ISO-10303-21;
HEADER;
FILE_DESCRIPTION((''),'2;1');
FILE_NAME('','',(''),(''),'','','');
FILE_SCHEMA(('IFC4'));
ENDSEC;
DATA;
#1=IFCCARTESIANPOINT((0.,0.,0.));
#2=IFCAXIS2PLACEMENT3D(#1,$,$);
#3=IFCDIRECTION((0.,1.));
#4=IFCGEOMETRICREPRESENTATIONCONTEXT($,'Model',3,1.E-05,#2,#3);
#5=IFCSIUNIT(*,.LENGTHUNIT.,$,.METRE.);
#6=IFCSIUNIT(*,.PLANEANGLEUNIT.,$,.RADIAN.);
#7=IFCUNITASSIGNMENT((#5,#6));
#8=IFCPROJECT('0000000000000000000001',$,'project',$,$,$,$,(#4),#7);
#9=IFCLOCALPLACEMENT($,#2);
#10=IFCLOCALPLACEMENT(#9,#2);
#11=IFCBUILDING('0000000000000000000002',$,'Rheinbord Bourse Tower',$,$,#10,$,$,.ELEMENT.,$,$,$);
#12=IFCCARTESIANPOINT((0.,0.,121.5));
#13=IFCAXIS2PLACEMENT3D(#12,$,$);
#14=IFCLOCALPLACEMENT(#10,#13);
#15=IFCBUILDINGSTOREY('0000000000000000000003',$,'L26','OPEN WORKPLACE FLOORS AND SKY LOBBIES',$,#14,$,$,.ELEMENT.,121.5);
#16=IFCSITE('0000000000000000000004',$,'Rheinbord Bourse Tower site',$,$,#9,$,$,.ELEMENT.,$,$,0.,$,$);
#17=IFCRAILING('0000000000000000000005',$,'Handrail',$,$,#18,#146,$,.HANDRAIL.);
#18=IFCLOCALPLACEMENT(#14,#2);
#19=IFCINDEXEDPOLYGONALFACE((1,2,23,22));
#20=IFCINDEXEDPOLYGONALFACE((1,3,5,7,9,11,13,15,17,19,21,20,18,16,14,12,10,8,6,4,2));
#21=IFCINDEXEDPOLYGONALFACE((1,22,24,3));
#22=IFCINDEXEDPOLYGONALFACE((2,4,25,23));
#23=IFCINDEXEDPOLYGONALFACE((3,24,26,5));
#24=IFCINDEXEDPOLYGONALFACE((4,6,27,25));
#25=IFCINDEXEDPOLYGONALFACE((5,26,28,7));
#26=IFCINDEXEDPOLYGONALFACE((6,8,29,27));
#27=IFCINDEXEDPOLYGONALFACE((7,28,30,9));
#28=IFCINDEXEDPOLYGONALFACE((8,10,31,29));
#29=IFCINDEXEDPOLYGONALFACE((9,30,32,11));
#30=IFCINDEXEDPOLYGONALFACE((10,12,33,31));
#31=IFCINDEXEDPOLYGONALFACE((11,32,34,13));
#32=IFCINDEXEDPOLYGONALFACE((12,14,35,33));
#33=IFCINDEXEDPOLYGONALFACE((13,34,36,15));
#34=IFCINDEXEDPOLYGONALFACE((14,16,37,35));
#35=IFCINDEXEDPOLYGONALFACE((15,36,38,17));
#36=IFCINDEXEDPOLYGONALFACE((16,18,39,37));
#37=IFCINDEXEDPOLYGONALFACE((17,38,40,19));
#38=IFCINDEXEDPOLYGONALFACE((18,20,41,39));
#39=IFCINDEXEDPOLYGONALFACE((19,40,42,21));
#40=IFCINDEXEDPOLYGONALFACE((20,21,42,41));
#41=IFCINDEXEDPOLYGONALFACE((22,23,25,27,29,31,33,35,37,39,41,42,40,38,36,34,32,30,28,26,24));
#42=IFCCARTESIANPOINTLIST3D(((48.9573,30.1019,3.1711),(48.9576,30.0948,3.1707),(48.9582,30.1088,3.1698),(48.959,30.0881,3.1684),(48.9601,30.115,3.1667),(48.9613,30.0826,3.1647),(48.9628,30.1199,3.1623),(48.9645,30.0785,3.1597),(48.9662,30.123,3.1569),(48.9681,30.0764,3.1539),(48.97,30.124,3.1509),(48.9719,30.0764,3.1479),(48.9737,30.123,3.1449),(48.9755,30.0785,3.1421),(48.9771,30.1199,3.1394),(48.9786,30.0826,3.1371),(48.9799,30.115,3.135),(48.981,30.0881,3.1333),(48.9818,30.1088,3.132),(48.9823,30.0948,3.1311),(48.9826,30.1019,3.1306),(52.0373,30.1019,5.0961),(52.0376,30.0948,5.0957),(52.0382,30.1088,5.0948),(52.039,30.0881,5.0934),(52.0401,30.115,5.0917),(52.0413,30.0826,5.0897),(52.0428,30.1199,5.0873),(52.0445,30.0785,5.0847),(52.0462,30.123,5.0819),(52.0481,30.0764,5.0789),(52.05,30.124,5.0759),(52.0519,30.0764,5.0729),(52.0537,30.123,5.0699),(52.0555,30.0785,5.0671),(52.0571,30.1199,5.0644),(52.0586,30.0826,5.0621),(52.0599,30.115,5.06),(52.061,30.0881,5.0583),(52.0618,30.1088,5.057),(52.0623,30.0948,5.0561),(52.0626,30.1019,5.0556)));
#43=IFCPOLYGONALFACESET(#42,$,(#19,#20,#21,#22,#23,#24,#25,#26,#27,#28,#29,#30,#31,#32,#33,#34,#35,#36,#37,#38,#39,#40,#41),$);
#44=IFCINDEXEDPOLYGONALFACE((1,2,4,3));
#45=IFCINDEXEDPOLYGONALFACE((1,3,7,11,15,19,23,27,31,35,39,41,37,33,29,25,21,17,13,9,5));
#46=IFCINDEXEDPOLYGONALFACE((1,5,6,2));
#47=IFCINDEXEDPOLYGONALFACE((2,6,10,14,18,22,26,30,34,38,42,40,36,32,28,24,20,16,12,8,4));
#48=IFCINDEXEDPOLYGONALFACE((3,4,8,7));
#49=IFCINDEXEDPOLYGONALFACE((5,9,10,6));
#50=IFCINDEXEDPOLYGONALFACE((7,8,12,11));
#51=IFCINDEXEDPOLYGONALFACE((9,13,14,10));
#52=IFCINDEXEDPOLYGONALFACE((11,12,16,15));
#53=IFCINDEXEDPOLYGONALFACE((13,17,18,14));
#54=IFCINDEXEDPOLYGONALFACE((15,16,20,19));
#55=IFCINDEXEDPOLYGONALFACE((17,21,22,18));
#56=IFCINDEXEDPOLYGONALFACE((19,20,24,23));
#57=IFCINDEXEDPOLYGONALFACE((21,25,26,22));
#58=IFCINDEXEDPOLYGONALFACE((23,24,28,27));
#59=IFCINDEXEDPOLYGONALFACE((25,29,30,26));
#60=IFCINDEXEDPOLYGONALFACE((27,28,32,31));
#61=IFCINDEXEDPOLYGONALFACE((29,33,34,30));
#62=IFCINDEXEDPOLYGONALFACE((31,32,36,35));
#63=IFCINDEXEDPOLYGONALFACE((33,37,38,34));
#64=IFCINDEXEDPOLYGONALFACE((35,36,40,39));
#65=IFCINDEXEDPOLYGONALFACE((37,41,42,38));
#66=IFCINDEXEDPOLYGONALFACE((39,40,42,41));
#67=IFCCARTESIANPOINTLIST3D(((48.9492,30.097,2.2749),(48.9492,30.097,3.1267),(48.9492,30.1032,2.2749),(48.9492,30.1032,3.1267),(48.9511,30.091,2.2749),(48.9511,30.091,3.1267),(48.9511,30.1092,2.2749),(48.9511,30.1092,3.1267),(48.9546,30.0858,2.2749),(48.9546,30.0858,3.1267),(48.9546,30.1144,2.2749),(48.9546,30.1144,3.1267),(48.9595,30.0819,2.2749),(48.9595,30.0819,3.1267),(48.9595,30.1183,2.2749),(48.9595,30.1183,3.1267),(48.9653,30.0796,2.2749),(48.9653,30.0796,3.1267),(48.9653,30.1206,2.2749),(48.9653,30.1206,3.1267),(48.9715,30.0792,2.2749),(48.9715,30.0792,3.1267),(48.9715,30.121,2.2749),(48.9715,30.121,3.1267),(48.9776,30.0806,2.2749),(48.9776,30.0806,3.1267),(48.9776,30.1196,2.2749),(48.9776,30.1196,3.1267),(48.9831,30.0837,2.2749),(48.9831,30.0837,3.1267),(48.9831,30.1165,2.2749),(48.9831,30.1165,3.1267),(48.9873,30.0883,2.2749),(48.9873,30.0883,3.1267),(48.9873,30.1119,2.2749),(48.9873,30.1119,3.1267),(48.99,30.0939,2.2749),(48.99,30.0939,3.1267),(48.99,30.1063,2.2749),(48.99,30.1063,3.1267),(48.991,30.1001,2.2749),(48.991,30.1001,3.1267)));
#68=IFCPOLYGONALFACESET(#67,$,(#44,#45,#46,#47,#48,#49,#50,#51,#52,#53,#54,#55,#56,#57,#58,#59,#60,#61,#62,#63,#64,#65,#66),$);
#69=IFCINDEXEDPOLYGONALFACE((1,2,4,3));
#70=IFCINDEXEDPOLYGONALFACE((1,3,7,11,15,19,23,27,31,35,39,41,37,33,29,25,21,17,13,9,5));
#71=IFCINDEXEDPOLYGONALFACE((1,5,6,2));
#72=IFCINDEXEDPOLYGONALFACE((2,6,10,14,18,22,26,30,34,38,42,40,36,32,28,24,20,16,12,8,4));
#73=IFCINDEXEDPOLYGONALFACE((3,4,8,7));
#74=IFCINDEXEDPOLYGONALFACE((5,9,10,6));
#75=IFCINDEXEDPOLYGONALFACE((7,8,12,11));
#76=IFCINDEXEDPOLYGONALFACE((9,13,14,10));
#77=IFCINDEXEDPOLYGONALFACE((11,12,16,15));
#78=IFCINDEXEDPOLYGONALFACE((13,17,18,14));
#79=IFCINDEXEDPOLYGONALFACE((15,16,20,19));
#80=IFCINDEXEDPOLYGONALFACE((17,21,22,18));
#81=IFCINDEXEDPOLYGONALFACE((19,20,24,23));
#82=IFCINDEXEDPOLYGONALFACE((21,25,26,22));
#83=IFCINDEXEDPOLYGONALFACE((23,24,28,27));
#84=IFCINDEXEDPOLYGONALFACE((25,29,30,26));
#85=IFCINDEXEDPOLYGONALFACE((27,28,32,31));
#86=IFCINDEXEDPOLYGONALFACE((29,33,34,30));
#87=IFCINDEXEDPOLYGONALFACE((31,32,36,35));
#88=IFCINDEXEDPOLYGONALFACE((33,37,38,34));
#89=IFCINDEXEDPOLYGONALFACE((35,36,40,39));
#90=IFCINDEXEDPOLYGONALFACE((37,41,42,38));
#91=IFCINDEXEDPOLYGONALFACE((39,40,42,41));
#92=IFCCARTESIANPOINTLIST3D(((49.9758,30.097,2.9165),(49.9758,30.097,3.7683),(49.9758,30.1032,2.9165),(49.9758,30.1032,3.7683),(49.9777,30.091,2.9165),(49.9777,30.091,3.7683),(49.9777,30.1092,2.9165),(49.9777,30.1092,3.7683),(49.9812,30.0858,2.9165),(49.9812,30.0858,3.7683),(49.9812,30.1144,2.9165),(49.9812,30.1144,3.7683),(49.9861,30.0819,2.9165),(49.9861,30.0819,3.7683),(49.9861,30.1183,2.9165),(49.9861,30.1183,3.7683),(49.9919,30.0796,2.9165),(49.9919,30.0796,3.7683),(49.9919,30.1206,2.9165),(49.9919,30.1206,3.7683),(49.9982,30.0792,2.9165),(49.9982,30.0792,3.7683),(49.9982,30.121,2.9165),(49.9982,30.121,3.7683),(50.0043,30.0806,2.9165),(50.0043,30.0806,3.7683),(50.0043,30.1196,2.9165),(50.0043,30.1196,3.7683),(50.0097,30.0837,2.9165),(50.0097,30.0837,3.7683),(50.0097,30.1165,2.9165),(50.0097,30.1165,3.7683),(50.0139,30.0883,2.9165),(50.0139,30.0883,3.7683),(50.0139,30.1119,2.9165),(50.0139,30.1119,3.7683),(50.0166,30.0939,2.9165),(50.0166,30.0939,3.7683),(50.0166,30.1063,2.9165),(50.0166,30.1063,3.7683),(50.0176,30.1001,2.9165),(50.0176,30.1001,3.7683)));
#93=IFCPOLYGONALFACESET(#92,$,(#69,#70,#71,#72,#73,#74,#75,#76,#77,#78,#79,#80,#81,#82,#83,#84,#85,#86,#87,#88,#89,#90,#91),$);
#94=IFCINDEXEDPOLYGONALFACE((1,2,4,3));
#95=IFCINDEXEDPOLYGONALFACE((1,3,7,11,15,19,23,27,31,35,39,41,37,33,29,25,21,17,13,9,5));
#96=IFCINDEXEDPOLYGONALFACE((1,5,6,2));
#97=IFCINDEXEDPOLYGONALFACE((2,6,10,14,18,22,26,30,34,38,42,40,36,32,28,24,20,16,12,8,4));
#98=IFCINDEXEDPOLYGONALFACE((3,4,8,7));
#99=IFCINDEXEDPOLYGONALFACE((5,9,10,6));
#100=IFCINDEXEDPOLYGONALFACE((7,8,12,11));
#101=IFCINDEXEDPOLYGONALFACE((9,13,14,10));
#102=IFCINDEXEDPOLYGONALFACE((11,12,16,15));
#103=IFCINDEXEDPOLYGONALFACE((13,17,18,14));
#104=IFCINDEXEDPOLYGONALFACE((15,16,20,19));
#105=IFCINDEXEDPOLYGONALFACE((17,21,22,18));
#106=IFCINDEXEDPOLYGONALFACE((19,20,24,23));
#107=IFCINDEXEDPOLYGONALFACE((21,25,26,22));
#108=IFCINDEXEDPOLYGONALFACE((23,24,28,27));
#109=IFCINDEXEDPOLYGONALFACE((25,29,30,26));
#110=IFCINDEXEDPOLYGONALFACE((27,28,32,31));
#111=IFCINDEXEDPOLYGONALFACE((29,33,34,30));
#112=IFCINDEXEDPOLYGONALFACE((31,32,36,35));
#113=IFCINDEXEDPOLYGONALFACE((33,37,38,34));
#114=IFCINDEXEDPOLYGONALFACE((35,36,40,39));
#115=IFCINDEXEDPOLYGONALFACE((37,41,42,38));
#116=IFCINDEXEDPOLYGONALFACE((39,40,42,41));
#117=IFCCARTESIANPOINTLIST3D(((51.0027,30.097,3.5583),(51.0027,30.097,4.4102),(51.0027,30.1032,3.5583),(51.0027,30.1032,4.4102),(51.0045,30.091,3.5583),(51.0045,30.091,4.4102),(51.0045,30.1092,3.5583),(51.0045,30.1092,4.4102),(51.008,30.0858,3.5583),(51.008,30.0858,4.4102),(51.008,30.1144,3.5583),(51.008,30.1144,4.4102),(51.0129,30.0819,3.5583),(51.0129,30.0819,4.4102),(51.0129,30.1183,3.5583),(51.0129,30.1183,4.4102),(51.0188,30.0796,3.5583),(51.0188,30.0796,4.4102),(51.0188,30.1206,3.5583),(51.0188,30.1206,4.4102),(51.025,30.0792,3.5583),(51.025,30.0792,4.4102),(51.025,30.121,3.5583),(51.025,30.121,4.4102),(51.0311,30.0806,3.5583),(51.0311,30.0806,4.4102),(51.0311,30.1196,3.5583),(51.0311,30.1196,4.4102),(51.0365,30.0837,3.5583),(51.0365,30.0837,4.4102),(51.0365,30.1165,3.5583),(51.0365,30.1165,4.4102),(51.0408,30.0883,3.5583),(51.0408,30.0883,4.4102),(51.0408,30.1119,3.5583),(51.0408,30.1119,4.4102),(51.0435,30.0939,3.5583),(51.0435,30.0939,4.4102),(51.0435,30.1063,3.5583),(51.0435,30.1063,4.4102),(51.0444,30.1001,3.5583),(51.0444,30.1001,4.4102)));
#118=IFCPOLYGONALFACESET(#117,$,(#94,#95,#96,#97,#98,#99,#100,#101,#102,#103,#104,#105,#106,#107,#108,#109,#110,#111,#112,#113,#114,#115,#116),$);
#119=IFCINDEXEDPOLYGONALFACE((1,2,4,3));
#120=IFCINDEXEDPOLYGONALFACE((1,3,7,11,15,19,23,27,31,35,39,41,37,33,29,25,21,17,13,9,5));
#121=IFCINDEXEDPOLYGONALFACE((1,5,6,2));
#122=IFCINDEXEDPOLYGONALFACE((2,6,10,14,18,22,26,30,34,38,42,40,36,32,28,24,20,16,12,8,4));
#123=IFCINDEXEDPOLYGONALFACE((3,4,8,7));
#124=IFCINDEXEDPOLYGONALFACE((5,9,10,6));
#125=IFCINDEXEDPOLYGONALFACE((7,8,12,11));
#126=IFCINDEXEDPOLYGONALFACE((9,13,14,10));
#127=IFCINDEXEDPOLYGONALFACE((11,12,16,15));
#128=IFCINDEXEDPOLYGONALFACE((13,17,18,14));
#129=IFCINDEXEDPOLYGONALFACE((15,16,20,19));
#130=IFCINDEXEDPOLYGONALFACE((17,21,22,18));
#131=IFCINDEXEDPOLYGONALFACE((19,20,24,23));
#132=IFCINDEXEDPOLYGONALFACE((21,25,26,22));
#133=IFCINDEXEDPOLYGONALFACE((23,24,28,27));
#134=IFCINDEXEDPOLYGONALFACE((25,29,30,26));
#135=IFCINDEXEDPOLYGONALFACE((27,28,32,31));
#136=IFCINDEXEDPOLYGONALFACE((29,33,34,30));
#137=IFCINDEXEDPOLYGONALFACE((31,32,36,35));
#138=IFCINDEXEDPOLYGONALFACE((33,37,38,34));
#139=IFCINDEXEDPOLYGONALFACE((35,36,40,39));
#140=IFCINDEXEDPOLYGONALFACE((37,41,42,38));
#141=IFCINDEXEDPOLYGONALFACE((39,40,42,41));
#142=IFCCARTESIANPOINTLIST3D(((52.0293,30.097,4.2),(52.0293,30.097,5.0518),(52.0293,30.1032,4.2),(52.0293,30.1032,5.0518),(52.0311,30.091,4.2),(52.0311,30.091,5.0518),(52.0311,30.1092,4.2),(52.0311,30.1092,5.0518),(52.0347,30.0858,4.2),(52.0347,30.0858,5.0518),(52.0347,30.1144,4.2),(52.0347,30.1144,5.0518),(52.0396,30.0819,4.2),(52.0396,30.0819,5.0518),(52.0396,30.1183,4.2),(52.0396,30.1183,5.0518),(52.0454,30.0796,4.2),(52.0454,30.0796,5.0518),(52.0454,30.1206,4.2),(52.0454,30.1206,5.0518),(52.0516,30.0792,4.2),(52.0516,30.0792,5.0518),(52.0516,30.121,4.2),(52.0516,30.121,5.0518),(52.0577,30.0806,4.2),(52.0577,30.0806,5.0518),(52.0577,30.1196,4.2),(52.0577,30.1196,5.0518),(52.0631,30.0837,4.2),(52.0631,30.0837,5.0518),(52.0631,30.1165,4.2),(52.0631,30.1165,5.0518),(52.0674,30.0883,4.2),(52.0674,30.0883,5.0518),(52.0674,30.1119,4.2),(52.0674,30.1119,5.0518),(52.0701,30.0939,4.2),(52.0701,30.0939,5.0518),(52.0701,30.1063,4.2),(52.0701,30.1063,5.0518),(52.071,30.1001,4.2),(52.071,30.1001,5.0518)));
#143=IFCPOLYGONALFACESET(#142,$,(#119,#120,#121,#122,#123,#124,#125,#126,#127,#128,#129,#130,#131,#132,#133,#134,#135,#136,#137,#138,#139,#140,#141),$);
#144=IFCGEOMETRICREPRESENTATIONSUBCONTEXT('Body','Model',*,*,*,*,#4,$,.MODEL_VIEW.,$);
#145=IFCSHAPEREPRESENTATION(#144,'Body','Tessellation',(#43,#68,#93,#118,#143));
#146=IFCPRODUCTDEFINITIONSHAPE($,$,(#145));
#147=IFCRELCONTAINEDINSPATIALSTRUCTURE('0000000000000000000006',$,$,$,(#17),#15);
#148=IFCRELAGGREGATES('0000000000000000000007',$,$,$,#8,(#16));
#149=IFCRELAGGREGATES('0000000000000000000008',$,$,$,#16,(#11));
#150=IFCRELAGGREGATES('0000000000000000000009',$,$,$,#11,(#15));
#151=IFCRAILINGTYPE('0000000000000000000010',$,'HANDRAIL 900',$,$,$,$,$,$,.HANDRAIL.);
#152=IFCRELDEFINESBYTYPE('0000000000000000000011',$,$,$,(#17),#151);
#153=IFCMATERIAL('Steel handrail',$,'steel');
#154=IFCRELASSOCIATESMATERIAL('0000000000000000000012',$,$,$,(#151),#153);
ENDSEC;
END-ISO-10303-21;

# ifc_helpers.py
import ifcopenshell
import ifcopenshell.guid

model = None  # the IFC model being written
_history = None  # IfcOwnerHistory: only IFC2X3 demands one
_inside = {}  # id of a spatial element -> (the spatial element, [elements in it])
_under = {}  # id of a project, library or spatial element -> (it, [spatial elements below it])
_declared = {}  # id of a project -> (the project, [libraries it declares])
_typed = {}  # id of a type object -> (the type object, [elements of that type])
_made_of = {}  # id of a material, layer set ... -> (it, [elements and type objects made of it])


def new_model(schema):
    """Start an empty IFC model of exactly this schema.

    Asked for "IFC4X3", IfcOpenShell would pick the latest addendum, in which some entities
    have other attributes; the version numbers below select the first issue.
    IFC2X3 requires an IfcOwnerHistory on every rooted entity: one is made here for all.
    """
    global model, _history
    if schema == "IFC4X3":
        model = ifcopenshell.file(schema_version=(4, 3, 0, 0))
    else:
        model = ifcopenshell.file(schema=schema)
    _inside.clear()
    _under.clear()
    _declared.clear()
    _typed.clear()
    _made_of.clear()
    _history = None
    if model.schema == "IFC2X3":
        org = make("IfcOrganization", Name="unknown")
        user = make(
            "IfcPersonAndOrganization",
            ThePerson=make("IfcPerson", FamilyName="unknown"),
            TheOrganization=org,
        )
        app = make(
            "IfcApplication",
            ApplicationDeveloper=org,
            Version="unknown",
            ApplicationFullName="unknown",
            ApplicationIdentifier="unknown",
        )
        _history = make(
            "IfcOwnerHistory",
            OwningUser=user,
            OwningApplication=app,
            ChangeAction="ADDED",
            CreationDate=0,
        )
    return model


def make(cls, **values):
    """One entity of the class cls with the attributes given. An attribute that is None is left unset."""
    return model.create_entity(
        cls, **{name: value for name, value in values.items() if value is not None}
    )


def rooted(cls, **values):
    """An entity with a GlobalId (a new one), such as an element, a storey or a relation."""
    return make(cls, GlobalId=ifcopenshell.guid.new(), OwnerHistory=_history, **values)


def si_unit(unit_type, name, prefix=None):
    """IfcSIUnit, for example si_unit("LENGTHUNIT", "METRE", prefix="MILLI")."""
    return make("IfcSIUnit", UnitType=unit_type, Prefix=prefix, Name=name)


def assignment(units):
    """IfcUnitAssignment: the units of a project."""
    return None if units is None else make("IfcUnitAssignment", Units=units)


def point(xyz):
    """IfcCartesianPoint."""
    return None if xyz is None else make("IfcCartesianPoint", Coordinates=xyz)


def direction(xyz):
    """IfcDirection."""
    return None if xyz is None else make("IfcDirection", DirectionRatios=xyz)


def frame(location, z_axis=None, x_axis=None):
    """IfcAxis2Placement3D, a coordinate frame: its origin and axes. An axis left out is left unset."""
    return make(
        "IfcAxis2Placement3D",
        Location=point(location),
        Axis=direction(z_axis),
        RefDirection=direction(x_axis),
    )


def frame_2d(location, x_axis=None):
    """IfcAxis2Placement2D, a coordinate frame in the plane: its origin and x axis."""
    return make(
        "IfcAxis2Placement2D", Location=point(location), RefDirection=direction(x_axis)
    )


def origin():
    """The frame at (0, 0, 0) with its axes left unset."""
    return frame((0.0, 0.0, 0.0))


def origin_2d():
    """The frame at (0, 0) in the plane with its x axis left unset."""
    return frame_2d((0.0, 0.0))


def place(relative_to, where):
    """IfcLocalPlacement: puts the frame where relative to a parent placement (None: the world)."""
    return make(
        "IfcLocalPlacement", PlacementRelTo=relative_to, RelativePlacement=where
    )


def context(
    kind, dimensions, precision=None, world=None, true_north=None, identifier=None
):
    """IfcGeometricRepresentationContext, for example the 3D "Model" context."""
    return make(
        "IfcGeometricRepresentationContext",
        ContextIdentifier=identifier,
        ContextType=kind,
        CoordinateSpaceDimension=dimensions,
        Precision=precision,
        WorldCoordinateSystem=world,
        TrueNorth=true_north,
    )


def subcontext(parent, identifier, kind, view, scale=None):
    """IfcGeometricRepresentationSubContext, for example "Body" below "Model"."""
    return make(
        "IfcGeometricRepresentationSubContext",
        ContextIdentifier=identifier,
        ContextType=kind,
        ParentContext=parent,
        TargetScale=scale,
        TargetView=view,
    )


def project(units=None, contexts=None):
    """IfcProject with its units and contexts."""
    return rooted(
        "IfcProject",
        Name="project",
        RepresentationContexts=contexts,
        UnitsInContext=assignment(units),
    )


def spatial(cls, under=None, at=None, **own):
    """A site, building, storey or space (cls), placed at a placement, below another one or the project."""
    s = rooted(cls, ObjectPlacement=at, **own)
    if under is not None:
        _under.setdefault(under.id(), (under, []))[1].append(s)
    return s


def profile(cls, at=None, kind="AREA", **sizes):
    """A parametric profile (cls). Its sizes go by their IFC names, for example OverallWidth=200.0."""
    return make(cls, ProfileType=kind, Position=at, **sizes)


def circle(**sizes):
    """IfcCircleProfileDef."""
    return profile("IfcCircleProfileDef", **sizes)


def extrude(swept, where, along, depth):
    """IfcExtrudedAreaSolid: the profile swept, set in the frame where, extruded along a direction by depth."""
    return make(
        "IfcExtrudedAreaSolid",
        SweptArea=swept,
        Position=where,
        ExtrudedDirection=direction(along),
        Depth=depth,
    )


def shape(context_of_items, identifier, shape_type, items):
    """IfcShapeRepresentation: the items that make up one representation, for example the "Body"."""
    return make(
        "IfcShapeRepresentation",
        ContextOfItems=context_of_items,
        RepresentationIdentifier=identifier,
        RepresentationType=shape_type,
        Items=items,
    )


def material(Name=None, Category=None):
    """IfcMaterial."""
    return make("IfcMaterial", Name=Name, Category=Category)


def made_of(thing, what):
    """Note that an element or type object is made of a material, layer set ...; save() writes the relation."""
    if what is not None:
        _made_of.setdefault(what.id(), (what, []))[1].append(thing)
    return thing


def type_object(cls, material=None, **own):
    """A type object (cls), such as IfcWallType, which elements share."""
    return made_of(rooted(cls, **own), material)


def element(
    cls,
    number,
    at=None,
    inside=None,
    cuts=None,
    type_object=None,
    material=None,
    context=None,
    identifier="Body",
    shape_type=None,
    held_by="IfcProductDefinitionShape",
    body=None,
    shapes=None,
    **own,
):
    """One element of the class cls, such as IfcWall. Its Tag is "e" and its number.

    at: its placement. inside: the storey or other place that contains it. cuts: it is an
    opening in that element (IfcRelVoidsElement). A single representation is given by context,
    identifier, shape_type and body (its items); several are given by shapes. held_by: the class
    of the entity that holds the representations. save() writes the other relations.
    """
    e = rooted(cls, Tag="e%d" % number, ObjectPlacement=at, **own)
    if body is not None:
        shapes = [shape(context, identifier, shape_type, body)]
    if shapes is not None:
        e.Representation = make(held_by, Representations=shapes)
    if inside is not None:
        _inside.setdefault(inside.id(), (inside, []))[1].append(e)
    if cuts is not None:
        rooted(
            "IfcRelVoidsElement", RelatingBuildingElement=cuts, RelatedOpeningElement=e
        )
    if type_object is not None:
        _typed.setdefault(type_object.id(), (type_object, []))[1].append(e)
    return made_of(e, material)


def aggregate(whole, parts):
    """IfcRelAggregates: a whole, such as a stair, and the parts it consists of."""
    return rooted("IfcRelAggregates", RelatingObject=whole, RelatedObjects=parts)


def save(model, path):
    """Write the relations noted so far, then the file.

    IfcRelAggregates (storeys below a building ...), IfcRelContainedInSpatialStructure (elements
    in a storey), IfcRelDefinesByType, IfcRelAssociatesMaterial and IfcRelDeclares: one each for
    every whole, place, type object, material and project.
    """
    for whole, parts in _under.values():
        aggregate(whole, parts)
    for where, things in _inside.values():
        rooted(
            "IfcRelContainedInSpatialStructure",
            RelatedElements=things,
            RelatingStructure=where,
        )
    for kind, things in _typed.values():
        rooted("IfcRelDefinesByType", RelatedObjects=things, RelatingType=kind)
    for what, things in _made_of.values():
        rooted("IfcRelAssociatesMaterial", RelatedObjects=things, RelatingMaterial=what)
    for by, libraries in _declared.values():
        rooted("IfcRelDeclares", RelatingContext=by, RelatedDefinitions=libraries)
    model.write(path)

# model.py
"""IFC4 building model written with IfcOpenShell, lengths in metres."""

from ifc_helpers import new_model, si_unit, direction, frame, origin, origin_2d, place, context, subcontext, project, spatial, circle, extrude, material, type_object, element, save


model = new_model("IFC4")

# Units and contexts
model_context = context("Model", 3, precision=1e-05, world=origin(), true_north=direction((0.0, 1.0)))
body_context = subcontext(model_context, "Body", "Model", "MODEL_VIEW")
ifc_project = project(units=[si_unit("LENGTHUNIT", "METRE"), si_unit("PLANEANGLEUNIT", "RADIAN")], contexts=[model_context])

# Site, building, storey
site_placement = place(None, origin())
site = spatial("IfcSite", under=ifc_project, at=site_placement, Name="Rheinbord Bourse Tower site", CompositionType="ELEMENT", RefElevation=0.0)
building_placement = place(site_placement, origin())
building = spatial("IfcBuilding", under=site, at=building_placement, Name="Rheinbord Bourse Tower", CompositionType="ELEMENT")
storey_placement = place(building_placement, frame((0.0, 0.0, 121.5)))
storey = spatial("IfcBuildingStorey", under=building, at=storey_placement, Name="L26", Description="OPEN WORKPLACE FLOORS AND SKY LOBBIES", CompositionType="ELEMENT", Elevation=121.5)

# Railing
ifc_material_1 = material(Name="Steel handrail", Category="steel")
railing_type = type_object("IfcRailingType", Name="HANDRAIL 900", PredefinedType="HANDRAIL", material=ifc_material_1)
railing_1_placement = place(storey_placement, frame((48.97, 30.1001, 2.2749)))
element("IfcRailing", 1, at=railing_1_placement, inside=storey, type_object=railing_type, Name="Handrail", PredefinedType="HANDRAIL", context=body_context, shape_type="SweptSolid", body=[
    extrude(circle(Radius=0.0239, at=origin_2d()), frame((0.0, 0.0, 0.876), z_axis=(0.847998, 0.0, 0.529999), x_axis=(0.0, 1.0, 0.0)), (0.0, 0.0, 1.0), 3.6321),
    extrude(circle(Radius=0.021, at=origin_2d()), origin(), (0.0, 0.0, 1.0), 0.8518),
    extrude(circle(Radius=0.021, at=origin_2d()), frame((1.0266, 0.0, 0.6416)), (0.0, 0.0, 1.0), 0.8518),
    extrude(circle(Radius=0.021, at=origin_2d()), frame((2.0535, 0.0, 1.2834)), (0.0, 0.0, 1.0), 0.8518),
    extrude(circle(Radius=0.021, at=origin_2d()), frame((3.0801, 0.0, 1.925)), (0.0, 0.0, 1.0), 0.8518),
])

save(model, "model.ifc")
